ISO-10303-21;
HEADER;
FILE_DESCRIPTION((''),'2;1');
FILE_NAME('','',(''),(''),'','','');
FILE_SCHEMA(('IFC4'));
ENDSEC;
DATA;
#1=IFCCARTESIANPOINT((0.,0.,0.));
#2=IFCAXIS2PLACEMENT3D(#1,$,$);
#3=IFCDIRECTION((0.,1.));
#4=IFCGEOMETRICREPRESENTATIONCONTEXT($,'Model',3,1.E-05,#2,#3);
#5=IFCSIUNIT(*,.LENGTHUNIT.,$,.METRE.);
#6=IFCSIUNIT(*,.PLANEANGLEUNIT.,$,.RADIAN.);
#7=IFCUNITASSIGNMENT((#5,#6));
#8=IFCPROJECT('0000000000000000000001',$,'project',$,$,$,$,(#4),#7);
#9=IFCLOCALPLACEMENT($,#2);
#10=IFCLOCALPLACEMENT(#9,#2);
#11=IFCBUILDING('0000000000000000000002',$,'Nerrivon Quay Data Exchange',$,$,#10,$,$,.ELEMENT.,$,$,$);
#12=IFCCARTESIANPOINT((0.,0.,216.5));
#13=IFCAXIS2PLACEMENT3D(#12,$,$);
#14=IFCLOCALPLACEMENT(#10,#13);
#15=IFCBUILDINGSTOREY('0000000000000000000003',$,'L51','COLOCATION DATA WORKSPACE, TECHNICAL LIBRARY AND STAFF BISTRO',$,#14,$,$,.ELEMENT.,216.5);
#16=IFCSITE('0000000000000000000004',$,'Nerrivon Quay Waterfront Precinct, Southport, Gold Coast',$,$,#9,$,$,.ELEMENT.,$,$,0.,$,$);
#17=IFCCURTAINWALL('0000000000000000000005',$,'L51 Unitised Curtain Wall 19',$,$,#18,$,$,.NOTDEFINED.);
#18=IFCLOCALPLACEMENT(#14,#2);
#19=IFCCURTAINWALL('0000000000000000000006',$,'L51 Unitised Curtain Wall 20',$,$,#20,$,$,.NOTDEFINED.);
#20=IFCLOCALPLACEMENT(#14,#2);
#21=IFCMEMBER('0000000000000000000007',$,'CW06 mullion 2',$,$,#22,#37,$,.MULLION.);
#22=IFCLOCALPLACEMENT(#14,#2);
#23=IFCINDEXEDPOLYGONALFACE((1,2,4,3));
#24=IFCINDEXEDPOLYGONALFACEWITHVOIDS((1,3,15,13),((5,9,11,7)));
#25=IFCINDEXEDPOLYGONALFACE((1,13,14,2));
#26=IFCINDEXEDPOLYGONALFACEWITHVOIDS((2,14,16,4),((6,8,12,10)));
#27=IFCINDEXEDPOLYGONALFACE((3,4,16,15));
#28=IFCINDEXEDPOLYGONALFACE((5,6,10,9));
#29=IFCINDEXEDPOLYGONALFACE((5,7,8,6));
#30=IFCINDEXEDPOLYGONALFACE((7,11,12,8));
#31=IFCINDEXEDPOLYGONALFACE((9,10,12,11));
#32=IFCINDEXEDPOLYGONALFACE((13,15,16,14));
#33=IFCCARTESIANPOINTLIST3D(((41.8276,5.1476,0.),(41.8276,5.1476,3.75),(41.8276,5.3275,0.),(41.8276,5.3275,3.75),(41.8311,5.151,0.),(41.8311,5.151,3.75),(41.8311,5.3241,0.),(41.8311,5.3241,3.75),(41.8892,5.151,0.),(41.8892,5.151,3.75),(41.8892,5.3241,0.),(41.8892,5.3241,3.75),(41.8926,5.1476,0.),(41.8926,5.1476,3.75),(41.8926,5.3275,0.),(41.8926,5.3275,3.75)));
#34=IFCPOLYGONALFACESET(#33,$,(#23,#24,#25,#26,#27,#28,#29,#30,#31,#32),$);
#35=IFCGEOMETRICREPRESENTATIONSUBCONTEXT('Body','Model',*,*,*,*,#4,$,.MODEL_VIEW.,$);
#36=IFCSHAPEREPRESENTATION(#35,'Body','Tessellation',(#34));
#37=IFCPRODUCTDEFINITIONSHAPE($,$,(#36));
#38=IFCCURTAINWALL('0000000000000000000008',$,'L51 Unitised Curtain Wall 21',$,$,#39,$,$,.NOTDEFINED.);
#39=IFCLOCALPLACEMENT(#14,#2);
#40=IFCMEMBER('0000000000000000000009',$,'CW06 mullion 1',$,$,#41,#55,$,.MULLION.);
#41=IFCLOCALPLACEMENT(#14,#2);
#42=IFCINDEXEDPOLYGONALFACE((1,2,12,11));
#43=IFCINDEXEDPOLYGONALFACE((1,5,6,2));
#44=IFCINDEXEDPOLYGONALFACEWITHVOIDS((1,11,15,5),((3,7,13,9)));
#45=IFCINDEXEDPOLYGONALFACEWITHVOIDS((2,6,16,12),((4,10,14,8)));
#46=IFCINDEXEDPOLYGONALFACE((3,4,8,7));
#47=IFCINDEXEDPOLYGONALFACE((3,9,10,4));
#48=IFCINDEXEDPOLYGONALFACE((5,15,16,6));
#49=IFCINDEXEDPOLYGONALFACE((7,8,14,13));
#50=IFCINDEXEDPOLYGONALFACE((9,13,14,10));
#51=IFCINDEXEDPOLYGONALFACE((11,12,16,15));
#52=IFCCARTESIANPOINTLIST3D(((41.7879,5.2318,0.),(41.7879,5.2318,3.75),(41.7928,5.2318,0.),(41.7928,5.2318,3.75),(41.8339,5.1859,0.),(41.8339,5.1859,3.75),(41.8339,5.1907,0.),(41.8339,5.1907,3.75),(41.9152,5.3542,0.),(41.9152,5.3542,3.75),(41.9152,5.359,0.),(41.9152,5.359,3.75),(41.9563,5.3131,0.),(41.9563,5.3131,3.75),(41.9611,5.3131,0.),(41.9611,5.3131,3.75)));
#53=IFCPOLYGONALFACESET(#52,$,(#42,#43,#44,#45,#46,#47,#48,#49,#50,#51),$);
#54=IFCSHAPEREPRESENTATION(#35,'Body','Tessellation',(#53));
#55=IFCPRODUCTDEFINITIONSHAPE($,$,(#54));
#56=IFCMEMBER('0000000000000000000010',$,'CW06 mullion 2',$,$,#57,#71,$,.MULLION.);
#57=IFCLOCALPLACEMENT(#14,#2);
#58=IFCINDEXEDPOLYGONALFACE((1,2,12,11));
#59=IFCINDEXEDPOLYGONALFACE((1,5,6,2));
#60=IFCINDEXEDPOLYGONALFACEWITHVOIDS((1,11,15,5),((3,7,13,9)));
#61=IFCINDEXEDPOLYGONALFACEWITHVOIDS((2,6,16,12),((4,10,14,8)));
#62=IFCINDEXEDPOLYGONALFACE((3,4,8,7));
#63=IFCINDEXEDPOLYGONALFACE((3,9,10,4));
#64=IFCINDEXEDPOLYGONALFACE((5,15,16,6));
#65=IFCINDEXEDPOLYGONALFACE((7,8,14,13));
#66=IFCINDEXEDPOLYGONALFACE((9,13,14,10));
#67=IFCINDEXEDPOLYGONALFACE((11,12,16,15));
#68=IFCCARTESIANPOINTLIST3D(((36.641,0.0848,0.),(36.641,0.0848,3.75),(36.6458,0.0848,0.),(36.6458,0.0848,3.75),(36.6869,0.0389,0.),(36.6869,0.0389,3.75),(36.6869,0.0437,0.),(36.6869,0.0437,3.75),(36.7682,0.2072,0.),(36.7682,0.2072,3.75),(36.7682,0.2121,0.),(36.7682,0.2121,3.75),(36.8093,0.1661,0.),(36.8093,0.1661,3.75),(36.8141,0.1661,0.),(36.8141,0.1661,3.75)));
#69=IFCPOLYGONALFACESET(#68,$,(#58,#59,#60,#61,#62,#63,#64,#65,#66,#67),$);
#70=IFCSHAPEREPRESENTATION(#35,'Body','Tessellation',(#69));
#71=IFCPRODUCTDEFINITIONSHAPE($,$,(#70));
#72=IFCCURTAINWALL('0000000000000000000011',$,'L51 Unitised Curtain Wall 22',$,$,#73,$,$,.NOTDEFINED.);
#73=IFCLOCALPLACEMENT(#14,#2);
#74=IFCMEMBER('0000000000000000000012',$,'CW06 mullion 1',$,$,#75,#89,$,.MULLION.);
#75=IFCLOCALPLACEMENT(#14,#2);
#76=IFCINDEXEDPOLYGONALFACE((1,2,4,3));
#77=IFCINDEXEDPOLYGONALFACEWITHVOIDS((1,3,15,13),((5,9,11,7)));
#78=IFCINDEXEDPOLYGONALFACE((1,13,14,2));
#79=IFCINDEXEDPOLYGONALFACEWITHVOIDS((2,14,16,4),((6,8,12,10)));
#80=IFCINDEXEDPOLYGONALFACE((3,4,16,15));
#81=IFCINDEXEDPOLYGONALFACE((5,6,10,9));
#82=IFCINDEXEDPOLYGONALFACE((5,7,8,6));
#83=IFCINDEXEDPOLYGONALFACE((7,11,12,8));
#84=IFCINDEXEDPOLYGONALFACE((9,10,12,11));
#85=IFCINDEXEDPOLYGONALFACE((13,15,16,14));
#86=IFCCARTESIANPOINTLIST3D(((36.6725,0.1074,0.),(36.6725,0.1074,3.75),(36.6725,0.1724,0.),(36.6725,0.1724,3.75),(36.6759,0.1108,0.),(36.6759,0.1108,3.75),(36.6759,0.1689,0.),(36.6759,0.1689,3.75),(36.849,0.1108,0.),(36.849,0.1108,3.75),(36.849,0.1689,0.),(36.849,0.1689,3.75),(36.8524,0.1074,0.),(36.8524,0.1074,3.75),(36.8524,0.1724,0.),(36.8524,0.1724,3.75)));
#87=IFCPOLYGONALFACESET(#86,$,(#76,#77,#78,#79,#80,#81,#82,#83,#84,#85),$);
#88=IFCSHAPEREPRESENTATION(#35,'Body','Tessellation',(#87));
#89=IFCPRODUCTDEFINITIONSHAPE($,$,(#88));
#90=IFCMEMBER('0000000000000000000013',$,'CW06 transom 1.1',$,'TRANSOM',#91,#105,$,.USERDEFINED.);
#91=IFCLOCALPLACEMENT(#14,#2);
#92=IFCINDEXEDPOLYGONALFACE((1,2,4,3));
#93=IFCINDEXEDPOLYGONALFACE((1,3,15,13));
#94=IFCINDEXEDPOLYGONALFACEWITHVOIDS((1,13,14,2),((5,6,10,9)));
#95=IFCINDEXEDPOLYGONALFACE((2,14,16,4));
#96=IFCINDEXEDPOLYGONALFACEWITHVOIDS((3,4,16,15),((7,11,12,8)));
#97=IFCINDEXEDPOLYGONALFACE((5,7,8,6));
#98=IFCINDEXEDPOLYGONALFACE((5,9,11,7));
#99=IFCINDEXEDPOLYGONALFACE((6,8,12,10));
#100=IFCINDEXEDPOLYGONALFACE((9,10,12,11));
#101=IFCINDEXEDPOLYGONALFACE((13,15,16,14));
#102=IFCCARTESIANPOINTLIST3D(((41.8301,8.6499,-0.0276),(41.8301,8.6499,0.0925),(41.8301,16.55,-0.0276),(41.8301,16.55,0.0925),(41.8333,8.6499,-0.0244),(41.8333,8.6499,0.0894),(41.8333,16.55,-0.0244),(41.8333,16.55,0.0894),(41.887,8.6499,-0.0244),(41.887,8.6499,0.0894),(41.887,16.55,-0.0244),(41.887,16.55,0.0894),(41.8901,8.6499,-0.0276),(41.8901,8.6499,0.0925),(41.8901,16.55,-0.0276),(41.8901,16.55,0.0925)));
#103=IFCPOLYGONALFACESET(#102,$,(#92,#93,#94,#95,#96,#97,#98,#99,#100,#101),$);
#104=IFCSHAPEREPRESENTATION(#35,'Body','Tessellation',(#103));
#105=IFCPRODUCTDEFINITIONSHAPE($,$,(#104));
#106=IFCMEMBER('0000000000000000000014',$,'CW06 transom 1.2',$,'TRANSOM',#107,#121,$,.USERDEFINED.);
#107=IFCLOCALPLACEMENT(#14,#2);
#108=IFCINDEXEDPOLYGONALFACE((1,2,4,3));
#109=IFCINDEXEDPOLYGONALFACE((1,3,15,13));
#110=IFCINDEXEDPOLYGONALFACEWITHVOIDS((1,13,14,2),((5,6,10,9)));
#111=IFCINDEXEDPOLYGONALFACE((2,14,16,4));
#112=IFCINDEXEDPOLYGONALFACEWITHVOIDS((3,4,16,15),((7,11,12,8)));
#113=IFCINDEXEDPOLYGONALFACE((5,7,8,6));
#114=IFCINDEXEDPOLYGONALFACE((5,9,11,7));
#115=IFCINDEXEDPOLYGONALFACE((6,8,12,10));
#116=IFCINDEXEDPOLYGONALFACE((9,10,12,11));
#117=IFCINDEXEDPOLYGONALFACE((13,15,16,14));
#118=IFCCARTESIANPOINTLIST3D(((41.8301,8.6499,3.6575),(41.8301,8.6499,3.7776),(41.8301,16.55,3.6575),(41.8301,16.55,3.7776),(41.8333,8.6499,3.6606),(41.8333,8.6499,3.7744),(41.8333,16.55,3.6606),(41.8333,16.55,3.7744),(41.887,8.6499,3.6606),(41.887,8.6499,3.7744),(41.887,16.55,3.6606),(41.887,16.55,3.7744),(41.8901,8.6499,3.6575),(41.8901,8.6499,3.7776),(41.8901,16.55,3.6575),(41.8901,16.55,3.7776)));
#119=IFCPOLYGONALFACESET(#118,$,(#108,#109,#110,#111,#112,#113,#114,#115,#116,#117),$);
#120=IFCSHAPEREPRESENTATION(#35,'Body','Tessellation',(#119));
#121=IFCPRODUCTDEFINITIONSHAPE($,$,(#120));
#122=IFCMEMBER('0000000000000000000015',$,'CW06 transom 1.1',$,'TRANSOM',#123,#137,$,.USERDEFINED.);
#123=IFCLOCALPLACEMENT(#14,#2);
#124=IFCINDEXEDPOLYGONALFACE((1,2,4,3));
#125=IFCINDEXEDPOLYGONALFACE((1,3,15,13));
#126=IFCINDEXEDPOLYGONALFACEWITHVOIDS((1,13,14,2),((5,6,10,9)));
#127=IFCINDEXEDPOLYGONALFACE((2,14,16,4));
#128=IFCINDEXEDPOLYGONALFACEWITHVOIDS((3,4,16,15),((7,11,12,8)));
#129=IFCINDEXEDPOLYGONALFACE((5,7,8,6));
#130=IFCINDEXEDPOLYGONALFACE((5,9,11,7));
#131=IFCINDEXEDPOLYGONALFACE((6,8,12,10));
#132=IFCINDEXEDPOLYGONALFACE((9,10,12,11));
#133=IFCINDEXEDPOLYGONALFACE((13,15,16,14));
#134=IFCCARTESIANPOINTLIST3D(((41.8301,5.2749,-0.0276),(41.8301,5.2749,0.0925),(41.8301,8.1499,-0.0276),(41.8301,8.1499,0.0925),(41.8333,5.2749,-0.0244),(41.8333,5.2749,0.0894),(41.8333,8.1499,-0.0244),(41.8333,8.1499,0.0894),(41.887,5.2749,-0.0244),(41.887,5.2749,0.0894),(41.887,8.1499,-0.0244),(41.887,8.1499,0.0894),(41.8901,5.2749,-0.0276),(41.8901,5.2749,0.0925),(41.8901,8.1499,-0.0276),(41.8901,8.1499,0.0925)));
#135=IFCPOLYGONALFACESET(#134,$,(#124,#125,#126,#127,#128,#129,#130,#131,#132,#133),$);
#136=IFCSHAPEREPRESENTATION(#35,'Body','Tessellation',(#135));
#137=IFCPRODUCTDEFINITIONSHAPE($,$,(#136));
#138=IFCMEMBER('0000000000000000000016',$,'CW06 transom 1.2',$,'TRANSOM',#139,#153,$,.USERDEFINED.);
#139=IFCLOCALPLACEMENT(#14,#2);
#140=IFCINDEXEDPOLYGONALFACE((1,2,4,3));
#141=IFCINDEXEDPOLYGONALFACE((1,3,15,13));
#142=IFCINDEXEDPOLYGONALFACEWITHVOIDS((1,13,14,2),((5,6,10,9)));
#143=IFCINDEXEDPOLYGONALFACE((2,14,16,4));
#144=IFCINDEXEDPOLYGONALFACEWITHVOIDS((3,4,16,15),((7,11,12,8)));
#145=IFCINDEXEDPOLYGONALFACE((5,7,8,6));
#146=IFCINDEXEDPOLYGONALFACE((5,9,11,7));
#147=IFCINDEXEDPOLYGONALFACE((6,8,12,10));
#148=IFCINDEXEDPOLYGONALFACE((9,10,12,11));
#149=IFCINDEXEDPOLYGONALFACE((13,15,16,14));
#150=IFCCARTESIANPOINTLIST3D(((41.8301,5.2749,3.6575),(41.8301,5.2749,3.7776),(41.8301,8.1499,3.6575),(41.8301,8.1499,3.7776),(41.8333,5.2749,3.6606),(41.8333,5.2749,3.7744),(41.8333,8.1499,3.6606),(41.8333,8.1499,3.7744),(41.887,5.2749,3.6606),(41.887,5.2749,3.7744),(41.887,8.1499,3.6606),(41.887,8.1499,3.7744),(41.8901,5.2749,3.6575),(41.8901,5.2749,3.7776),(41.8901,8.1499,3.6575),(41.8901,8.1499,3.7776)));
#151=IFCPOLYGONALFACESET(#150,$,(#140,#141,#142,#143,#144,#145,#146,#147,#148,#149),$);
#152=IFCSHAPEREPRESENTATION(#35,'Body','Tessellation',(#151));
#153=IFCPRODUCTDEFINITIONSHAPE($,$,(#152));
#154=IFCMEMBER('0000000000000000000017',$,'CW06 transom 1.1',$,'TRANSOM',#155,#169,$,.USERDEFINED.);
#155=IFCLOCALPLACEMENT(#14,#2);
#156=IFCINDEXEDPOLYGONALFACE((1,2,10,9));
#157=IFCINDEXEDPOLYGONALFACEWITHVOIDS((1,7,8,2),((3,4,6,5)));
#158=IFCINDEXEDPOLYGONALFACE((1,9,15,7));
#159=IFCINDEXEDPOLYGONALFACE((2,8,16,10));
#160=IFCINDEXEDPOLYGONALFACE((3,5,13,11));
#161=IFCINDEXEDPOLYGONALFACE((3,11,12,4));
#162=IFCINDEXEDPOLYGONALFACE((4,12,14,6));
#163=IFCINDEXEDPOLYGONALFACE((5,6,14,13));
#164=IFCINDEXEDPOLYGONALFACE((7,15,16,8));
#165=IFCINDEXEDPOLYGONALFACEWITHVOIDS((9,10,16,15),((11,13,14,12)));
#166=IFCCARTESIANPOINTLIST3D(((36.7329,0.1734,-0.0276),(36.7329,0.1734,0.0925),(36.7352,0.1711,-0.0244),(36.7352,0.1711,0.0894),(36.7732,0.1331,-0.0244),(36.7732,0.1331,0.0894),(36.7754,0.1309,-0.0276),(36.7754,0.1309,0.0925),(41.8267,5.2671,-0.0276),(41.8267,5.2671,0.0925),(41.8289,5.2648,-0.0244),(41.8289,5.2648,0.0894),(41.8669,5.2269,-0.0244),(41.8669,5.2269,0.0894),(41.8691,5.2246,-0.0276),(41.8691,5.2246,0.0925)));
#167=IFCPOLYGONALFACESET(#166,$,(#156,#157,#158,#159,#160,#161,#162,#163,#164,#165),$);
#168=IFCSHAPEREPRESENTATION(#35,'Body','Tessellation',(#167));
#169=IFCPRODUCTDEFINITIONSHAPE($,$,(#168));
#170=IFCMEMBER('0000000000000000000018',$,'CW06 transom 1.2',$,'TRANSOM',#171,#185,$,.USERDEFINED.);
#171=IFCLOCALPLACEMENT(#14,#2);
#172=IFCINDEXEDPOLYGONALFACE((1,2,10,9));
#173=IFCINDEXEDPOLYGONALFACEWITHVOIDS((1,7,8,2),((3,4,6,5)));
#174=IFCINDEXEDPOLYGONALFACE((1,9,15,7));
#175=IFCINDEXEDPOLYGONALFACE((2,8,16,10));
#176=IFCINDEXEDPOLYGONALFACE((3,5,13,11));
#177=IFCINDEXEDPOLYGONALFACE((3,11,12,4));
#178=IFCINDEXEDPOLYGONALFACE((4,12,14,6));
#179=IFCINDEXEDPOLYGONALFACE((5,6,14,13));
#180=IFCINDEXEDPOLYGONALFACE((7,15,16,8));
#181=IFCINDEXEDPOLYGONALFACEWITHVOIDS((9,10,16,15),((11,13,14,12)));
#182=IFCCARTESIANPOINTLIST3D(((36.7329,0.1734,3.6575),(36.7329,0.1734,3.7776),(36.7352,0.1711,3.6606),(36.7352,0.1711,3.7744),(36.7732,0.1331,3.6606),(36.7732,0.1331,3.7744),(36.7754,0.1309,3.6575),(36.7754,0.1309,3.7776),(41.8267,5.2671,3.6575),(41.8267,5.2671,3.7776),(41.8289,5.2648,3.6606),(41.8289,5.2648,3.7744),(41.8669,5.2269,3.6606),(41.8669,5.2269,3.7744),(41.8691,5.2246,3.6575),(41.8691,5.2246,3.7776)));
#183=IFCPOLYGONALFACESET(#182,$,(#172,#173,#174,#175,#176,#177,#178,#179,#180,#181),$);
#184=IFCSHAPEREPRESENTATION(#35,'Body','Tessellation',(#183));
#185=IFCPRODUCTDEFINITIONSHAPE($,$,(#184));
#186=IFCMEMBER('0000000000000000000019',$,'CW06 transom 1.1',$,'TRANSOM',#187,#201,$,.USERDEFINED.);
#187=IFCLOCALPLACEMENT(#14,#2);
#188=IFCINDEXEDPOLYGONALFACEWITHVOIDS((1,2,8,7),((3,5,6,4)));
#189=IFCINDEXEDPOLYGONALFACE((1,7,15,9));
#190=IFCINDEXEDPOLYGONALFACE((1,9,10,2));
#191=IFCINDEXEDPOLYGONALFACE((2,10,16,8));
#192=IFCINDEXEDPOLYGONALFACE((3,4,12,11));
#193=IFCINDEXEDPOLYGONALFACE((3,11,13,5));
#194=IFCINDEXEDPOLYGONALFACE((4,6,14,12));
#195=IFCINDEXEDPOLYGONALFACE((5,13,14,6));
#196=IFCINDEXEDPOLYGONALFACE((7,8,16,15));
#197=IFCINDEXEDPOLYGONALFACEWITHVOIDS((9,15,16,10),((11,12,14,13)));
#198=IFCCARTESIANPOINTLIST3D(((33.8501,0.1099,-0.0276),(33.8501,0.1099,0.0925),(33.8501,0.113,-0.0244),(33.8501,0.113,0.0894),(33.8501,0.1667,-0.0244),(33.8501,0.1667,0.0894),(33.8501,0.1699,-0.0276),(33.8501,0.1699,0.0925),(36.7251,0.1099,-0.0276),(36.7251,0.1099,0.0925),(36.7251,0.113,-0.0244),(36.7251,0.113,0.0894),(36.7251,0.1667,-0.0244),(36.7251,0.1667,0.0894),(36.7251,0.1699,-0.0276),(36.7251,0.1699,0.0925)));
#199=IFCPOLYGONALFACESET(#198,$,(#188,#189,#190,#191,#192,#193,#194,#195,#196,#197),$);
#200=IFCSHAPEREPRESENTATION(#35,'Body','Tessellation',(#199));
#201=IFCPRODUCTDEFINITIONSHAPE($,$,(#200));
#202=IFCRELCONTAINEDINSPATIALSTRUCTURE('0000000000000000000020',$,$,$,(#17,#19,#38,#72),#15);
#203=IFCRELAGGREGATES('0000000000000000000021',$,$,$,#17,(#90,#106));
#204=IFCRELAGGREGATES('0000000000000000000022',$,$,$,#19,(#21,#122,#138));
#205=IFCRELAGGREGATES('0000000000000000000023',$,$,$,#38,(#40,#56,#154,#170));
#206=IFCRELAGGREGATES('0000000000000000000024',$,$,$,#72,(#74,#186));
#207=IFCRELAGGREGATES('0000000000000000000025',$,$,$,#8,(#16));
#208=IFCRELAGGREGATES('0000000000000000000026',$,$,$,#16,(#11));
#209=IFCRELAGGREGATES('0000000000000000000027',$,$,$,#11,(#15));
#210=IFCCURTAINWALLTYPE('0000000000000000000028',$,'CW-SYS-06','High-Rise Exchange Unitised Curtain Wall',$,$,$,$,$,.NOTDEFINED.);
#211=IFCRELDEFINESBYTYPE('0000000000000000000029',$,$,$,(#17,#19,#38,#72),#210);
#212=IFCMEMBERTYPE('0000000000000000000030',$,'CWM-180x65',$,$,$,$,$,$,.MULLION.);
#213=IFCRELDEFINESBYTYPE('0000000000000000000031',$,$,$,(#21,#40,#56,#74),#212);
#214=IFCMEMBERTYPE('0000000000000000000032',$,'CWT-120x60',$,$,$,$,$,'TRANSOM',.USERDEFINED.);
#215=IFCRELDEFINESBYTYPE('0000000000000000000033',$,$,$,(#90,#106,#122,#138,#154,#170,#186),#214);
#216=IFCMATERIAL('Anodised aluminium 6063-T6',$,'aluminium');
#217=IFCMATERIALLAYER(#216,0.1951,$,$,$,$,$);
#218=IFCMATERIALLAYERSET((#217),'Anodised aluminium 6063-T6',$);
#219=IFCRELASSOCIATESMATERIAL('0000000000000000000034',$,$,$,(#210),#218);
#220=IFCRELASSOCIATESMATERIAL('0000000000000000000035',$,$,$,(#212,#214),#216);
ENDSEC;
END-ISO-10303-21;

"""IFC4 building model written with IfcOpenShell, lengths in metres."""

from ifc_helpers import new_model, si_unit, direction, frame, origin, origin_2d, place, context, subcontext, project, spatial, hollow_rectangle, extrude, material, layer, layer_set, material_profile, profile_set, type_object, element, aggregate, save


model = new_model("IFC4")

# Units and contexts
model_context = context("Model", 3, precision=1e-05, world=origin(), true_north=direction((0.0, 1.0)))
body_context = subcontext(model_context, "Body", "Model", "MODEL_VIEW")
ifc_project = project(units=[si_unit("LENGTHUNIT", "METRE"), si_unit("PLANEANGLEUNIT", "RADIAN")], contexts=[model_context])

# Site, building, storey
site_placement = place(None, origin())
site = spatial("IfcSite", under=ifc_project, at=site_placement, Name="Nerrivon Quay Waterfront Precinct, Southport, Gold Coast", CompositionType="ELEMENT", RefElevation=0.0)
building_placement = place(site_placement, origin())
building = spatial("IfcBuilding", under=site, at=building_placement, Name="Nerrivon Quay Data Exchange", CompositionType="ELEMENT")
storey_placement = place(building_placement, frame((0.0, 0.0, 216.5)))
storey = spatial("IfcBuildingStorey", under=building, at=storey_placement, Name="L51", Description="COLOCATION DATA WORKSPACE, TECHNICAL LIBRARY AND STAFF BISTRO", CompositionType="ELEMENT", Elevation=216.5)

# Curtain wall
ifc_material_1 = material(Name="Anodised aluminium 6063-T6", Category="aluminium")
ifc_layer_1 = layer(ifc_material_1, 0.1951)
ifc_layer_set_1 = layer_set([ifc_layer_1], Name="Anodised aluminium 6063-T6")
curtain_wall_type = type_object("IfcCurtainWallType", Name="CW-SYS-06", Description="High-Rise Exchange Unitised Curtain Wall", PredefinedType="NOTDEFINED", material=ifc_layer_set_1)
curtain_wall_1_placement = place(storey_placement, origin())
curtain_wall_1 = element("IfcCurtainWall", 1, at=curtain_wall_1_placement, inside=storey, type_object=curtain_wall_type, Name="L51 Unitised Curtain Wall 19", PredefinedType="NOTDEFINED")
ifc_material_profile_1 = material_profile(ifc_material_1, hollow_rectangle(XDim=0.0649, YDim=0.1799, WallThickness=0.0034, at=origin_2d()), Name="ALU-MULL-180x65")
ifc_profile_set_1 = profile_set([ifc_material_profile_1], Name="Anodised aluminium 6063-T6")
member_type_1 = type_object("IfcMemberType", Name="CWM-180x65", PredefinedType="MULLION", material=ifc_profile_set_1)

# Curtain walls, members
curtain_wall_2_placement = place(storey_placement, origin())
curtain_wall_2 = element("IfcCurtainWall", 2, at=curtain_wall_2_placement, inside=storey, type_object=curtain_wall_type, Name="L51 Unitised Curtain Wall 20", PredefinedType="NOTDEFINED")
member_1_placement = place(storey_placement, frame((41.8601, 5.2375, 0.0), z_axis=(0.0, 0.0, 1.0), x_axis=(1.0, 0.0, 0.0)))
member_1 = element("IfcMember", 3, at=member_1_placement, type_object=member_type_1, Name="CW06 mullion 2", PredefinedType="MULLION", context=body_context, shape_type="SweptSolid", body=[
    extrude(hollow_rectangle(XDim=0.0649, YDim=0.1799, WallThickness=0.0034, at=origin_2d()), origin(), (0.0, 0.0, 1.0), 3.75),
])
curtain_wall_3_placement = place(storey_placement, origin())
curtain_wall_3 = element("IfcCurtainWall", 4, at=curtain_wall_3_placement, inside=storey, type_object=curtain_wall_type, Name="L51 Unitised Curtain Wall 21", PredefinedType="NOTDEFINED")
member_2_placement = place(storey_placement, frame((41.8745, 5.2725, 0.0), z_axis=(0.0, 0.0, 1.0), x_axis=(0.707107, -0.707107, 0.0)))
member_2 = element("IfcMember", 5, at=member_2_placement, type_object=member_type_1, Name="CW06 mullion 1", PredefinedType="MULLION", context=body_context, shape_type="SweptSolid", body=[
    extrude(hollow_rectangle(XDim=0.0649, YDim=0.1799, WallThickness=0.0034, at=origin_2d()), origin(), (0.0, 0.0, 1.0), 3.75),
])
member_3_placement = place(storey_placement, frame((36.7275, 0.1255, 0.0), z_axis=(0.0, 0.0, 1.0), x_axis=(0.707107, -0.707107, 0.0)))
member_3 = element("IfcMember", 6, at=member_3_placement, type_object=member_type_1, Name="CW06 mullion 2", PredefinedType="MULLION", context=body_context, shape_type="SweptSolid", body=[
    extrude(hollow_rectangle(XDim=0.0649, YDim=0.1799, WallThickness=0.0034, at=origin_2d()), origin(), (0.0, 0.0, 1.0), 3.75),
])

# Curtain wall, member
curtain_wall_4_placement = place(storey_placement, origin())
curtain_wall_4 = element("IfcCurtainWall", 7, at=curtain_wall_4_placement, inside=storey, type_object=curtain_wall_type, Name="L51 Unitised Curtain Wall 22", PredefinedType="NOTDEFINED")
member_4_placement = place(storey_placement, frame((36.7625, 0.1399, 0.0), z_axis=(0.0, 0.0, 1.0), x_axis=(0.0, -1.0, 0.0)))
member_4 = element("IfcMember", 8, at=member_4_placement, type_object=member_type_1, Name="CW06 mullion 1", PredefinedType="MULLION", context=body_context, shape_type="SweptSolid", body=[
    extrude(hollow_rectangle(XDim=0.0649, YDim=0.1799, WallThickness=0.0034, at=origin_2d()), origin(), (0.0, 0.0, 1.0), 3.75),
])

# Members
ifc_material_profile_2 = material_profile(ifc_material_1, hollow_rectangle(XDim=0.0601, YDim=0.1201, WallThickness=0.0032, at=origin_2d()), Name="ALU-TRAN-120x60")
ifc_profile_set_2 = profile_set([ifc_material_profile_2], Name="Anodised aluminium 6063-T6")
member_type_2 = type_object("IfcMemberType", Name="CWT-120x60", ElementType="TRANSOM", PredefinedType="USERDEFINED", material=ifc_profile_set_2)
member_5_placement = place(storey_placement, frame((41.8601, 16.55, 0.0325), z_axis=(0.0, -1.0, 0.0), x_axis=(1.0, 0.0, 0.0)))
member_5 = element("IfcMember", 9, at=member_5_placement, type_object=member_type_2, Name="CW06 transom 1.1", ObjectType="TRANSOM", PredefinedType="USERDEFINED", context=body_context, shape_type="SweptSolid", body=[
    extrude(hollow_rectangle(XDim=0.0601, YDim=0.1201, WallThickness=0.0032, at=origin_2d()), origin(), (0.0, 0.0, 1.0), 7.9001),
])
member_6_placement = place(storey_placement, frame((41.8601, 16.55, 3.7175), z_axis=(0.0, -1.0, 0.0), x_axis=(1.0, 0.0, 0.0)))
member_6 = element("IfcMember", 10, at=member_6_placement, type_object=member_type_2, Name="CW06 transom 1.2", ObjectType="TRANSOM", PredefinedType="USERDEFINED", context=body_context, shape_type="SweptSolid", body=[
    extrude(hollow_rectangle(XDim=0.0601, YDim=0.1201, WallThickness=0.0032, at=origin_2d()), origin(), (0.0, 0.0, 1.0), 7.9001),
])
member_7_placement = place(storey_placement, frame((41.8601, 8.1499, 0.0325), z_axis=(0.0, -1.0, 0.0), x_axis=(1.0, 0.0, 0.0)))
member_7 = element("IfcMember", 11, at=member_7_placement, type_object=member_type_2, Name="CW06 transom 1.1", ObjectType="TRANSOM", PredefinedType="USERDEFINED", context=body_context, shape_type="SweptSolid", body=[
    extrude(hollow_rectangle(XDim=0.0601, YDim=0.1201, WallThickness=0.0032, at=origin_2d()), origin(), (0.0, 0.0, 1.0), 2.875),
])
member_8_placement = place(storey_placement, frame((41.8601, 8.1499, 3.7175), z_axis=(0.0, -1.0, 0.0), x_axis=(1.0, 0.0, 0.0)))
member_8 = element("IfcMember", 12, at=member_8_placement, type_object=member_type_2, Name="CW06 transom 1.2", ObjectType="TRANSOM", PredefinedType="USERDEFINED", context=body_context, shape_type="SweptSolid", body=[
    extrude(hollow_rectangle(XDim=0.0601, YDim=0.1201, WallThickness=0.0032, at=origin_2d()), origin(), (0.0, 0.0, 1.0), 2.875),
])
member_9_placement = place(storey_placement, frame((41.8479, 5.2458, 0.0325), z_axis=(-0.707107, -0.707107, 0.0), x_axis=(0.707107, -0.707107, 0.0)))
member_9 = element("IfcMember", 13, at=member_9_placement, type_object=member_type_2, Name="CW06 transom 1.1", ObjectType="TRANSOM", PredefinedType="USERDEFINED", context=body_context, shape_type="SweptSolid", body=[
    extrude(hollow_rectangle(XDim=0.0601, YDim=0.1201, WallThickness=0.0032, at=origin_2d()), origin(), (0.0, 0.0, 1.0), 7.2036),
])
member_10_placement = place(storey_placement, frame((41.8479, 5.2458, 3.7175), z_axis=(-0.707107, -0.707107, 0.0), x_axis=(0.707107, -0.707107, 0.0)))
member_10 = element("IfcMember", 14, at=member_10_placement, type_object=member_type_2, Name="CW06 transom 1.2", ObjectType="TRANSOM", PredefinedType="USERDEFINED", context=body_context, shape_type="SweptSolid", body=[
    extrude(hollow_rectangle(XDim=0.0601, YDim=0.1201, WallThickness=0.0032, at=origin_2d()), origin(), (0.0, 0.0, 1.0), 7.2036),
])
member_11_placement = place(storey_placement, frame((36.7251, 0.1399, 0.0325), z_axis=(-1.0, 0.0, 0.0), x_axis=(0.0, -1.0, 0.0)))
member_11 = element("IfcMember", 15, at=member_11_placement, type_object=member_type_2, Name="CW06 transom 1.1", ObjectType="TRANSOM", PredefinedType="USERDEFINED", context=body_context, shape_type="SweptSolid", body=[
    extrude(hollow_rectangle(XDim=0.0601, YDim=0.1201, WallThickness=0.0032, at=origin_2d()), origin(), (0.0, 0.0, 1.0), 2.875),
])

aggregate(curtain_wall_1, [member_5, member_6])
aggregate(curtain_wall_2, [member_1, member_7, member_8])
aggregate(curtain_wall_3, [member_2, member_3, member_9, member_10])
aggregate(curtain_wall_4, [member_4, member_11])

save(model, "model.ifc")
